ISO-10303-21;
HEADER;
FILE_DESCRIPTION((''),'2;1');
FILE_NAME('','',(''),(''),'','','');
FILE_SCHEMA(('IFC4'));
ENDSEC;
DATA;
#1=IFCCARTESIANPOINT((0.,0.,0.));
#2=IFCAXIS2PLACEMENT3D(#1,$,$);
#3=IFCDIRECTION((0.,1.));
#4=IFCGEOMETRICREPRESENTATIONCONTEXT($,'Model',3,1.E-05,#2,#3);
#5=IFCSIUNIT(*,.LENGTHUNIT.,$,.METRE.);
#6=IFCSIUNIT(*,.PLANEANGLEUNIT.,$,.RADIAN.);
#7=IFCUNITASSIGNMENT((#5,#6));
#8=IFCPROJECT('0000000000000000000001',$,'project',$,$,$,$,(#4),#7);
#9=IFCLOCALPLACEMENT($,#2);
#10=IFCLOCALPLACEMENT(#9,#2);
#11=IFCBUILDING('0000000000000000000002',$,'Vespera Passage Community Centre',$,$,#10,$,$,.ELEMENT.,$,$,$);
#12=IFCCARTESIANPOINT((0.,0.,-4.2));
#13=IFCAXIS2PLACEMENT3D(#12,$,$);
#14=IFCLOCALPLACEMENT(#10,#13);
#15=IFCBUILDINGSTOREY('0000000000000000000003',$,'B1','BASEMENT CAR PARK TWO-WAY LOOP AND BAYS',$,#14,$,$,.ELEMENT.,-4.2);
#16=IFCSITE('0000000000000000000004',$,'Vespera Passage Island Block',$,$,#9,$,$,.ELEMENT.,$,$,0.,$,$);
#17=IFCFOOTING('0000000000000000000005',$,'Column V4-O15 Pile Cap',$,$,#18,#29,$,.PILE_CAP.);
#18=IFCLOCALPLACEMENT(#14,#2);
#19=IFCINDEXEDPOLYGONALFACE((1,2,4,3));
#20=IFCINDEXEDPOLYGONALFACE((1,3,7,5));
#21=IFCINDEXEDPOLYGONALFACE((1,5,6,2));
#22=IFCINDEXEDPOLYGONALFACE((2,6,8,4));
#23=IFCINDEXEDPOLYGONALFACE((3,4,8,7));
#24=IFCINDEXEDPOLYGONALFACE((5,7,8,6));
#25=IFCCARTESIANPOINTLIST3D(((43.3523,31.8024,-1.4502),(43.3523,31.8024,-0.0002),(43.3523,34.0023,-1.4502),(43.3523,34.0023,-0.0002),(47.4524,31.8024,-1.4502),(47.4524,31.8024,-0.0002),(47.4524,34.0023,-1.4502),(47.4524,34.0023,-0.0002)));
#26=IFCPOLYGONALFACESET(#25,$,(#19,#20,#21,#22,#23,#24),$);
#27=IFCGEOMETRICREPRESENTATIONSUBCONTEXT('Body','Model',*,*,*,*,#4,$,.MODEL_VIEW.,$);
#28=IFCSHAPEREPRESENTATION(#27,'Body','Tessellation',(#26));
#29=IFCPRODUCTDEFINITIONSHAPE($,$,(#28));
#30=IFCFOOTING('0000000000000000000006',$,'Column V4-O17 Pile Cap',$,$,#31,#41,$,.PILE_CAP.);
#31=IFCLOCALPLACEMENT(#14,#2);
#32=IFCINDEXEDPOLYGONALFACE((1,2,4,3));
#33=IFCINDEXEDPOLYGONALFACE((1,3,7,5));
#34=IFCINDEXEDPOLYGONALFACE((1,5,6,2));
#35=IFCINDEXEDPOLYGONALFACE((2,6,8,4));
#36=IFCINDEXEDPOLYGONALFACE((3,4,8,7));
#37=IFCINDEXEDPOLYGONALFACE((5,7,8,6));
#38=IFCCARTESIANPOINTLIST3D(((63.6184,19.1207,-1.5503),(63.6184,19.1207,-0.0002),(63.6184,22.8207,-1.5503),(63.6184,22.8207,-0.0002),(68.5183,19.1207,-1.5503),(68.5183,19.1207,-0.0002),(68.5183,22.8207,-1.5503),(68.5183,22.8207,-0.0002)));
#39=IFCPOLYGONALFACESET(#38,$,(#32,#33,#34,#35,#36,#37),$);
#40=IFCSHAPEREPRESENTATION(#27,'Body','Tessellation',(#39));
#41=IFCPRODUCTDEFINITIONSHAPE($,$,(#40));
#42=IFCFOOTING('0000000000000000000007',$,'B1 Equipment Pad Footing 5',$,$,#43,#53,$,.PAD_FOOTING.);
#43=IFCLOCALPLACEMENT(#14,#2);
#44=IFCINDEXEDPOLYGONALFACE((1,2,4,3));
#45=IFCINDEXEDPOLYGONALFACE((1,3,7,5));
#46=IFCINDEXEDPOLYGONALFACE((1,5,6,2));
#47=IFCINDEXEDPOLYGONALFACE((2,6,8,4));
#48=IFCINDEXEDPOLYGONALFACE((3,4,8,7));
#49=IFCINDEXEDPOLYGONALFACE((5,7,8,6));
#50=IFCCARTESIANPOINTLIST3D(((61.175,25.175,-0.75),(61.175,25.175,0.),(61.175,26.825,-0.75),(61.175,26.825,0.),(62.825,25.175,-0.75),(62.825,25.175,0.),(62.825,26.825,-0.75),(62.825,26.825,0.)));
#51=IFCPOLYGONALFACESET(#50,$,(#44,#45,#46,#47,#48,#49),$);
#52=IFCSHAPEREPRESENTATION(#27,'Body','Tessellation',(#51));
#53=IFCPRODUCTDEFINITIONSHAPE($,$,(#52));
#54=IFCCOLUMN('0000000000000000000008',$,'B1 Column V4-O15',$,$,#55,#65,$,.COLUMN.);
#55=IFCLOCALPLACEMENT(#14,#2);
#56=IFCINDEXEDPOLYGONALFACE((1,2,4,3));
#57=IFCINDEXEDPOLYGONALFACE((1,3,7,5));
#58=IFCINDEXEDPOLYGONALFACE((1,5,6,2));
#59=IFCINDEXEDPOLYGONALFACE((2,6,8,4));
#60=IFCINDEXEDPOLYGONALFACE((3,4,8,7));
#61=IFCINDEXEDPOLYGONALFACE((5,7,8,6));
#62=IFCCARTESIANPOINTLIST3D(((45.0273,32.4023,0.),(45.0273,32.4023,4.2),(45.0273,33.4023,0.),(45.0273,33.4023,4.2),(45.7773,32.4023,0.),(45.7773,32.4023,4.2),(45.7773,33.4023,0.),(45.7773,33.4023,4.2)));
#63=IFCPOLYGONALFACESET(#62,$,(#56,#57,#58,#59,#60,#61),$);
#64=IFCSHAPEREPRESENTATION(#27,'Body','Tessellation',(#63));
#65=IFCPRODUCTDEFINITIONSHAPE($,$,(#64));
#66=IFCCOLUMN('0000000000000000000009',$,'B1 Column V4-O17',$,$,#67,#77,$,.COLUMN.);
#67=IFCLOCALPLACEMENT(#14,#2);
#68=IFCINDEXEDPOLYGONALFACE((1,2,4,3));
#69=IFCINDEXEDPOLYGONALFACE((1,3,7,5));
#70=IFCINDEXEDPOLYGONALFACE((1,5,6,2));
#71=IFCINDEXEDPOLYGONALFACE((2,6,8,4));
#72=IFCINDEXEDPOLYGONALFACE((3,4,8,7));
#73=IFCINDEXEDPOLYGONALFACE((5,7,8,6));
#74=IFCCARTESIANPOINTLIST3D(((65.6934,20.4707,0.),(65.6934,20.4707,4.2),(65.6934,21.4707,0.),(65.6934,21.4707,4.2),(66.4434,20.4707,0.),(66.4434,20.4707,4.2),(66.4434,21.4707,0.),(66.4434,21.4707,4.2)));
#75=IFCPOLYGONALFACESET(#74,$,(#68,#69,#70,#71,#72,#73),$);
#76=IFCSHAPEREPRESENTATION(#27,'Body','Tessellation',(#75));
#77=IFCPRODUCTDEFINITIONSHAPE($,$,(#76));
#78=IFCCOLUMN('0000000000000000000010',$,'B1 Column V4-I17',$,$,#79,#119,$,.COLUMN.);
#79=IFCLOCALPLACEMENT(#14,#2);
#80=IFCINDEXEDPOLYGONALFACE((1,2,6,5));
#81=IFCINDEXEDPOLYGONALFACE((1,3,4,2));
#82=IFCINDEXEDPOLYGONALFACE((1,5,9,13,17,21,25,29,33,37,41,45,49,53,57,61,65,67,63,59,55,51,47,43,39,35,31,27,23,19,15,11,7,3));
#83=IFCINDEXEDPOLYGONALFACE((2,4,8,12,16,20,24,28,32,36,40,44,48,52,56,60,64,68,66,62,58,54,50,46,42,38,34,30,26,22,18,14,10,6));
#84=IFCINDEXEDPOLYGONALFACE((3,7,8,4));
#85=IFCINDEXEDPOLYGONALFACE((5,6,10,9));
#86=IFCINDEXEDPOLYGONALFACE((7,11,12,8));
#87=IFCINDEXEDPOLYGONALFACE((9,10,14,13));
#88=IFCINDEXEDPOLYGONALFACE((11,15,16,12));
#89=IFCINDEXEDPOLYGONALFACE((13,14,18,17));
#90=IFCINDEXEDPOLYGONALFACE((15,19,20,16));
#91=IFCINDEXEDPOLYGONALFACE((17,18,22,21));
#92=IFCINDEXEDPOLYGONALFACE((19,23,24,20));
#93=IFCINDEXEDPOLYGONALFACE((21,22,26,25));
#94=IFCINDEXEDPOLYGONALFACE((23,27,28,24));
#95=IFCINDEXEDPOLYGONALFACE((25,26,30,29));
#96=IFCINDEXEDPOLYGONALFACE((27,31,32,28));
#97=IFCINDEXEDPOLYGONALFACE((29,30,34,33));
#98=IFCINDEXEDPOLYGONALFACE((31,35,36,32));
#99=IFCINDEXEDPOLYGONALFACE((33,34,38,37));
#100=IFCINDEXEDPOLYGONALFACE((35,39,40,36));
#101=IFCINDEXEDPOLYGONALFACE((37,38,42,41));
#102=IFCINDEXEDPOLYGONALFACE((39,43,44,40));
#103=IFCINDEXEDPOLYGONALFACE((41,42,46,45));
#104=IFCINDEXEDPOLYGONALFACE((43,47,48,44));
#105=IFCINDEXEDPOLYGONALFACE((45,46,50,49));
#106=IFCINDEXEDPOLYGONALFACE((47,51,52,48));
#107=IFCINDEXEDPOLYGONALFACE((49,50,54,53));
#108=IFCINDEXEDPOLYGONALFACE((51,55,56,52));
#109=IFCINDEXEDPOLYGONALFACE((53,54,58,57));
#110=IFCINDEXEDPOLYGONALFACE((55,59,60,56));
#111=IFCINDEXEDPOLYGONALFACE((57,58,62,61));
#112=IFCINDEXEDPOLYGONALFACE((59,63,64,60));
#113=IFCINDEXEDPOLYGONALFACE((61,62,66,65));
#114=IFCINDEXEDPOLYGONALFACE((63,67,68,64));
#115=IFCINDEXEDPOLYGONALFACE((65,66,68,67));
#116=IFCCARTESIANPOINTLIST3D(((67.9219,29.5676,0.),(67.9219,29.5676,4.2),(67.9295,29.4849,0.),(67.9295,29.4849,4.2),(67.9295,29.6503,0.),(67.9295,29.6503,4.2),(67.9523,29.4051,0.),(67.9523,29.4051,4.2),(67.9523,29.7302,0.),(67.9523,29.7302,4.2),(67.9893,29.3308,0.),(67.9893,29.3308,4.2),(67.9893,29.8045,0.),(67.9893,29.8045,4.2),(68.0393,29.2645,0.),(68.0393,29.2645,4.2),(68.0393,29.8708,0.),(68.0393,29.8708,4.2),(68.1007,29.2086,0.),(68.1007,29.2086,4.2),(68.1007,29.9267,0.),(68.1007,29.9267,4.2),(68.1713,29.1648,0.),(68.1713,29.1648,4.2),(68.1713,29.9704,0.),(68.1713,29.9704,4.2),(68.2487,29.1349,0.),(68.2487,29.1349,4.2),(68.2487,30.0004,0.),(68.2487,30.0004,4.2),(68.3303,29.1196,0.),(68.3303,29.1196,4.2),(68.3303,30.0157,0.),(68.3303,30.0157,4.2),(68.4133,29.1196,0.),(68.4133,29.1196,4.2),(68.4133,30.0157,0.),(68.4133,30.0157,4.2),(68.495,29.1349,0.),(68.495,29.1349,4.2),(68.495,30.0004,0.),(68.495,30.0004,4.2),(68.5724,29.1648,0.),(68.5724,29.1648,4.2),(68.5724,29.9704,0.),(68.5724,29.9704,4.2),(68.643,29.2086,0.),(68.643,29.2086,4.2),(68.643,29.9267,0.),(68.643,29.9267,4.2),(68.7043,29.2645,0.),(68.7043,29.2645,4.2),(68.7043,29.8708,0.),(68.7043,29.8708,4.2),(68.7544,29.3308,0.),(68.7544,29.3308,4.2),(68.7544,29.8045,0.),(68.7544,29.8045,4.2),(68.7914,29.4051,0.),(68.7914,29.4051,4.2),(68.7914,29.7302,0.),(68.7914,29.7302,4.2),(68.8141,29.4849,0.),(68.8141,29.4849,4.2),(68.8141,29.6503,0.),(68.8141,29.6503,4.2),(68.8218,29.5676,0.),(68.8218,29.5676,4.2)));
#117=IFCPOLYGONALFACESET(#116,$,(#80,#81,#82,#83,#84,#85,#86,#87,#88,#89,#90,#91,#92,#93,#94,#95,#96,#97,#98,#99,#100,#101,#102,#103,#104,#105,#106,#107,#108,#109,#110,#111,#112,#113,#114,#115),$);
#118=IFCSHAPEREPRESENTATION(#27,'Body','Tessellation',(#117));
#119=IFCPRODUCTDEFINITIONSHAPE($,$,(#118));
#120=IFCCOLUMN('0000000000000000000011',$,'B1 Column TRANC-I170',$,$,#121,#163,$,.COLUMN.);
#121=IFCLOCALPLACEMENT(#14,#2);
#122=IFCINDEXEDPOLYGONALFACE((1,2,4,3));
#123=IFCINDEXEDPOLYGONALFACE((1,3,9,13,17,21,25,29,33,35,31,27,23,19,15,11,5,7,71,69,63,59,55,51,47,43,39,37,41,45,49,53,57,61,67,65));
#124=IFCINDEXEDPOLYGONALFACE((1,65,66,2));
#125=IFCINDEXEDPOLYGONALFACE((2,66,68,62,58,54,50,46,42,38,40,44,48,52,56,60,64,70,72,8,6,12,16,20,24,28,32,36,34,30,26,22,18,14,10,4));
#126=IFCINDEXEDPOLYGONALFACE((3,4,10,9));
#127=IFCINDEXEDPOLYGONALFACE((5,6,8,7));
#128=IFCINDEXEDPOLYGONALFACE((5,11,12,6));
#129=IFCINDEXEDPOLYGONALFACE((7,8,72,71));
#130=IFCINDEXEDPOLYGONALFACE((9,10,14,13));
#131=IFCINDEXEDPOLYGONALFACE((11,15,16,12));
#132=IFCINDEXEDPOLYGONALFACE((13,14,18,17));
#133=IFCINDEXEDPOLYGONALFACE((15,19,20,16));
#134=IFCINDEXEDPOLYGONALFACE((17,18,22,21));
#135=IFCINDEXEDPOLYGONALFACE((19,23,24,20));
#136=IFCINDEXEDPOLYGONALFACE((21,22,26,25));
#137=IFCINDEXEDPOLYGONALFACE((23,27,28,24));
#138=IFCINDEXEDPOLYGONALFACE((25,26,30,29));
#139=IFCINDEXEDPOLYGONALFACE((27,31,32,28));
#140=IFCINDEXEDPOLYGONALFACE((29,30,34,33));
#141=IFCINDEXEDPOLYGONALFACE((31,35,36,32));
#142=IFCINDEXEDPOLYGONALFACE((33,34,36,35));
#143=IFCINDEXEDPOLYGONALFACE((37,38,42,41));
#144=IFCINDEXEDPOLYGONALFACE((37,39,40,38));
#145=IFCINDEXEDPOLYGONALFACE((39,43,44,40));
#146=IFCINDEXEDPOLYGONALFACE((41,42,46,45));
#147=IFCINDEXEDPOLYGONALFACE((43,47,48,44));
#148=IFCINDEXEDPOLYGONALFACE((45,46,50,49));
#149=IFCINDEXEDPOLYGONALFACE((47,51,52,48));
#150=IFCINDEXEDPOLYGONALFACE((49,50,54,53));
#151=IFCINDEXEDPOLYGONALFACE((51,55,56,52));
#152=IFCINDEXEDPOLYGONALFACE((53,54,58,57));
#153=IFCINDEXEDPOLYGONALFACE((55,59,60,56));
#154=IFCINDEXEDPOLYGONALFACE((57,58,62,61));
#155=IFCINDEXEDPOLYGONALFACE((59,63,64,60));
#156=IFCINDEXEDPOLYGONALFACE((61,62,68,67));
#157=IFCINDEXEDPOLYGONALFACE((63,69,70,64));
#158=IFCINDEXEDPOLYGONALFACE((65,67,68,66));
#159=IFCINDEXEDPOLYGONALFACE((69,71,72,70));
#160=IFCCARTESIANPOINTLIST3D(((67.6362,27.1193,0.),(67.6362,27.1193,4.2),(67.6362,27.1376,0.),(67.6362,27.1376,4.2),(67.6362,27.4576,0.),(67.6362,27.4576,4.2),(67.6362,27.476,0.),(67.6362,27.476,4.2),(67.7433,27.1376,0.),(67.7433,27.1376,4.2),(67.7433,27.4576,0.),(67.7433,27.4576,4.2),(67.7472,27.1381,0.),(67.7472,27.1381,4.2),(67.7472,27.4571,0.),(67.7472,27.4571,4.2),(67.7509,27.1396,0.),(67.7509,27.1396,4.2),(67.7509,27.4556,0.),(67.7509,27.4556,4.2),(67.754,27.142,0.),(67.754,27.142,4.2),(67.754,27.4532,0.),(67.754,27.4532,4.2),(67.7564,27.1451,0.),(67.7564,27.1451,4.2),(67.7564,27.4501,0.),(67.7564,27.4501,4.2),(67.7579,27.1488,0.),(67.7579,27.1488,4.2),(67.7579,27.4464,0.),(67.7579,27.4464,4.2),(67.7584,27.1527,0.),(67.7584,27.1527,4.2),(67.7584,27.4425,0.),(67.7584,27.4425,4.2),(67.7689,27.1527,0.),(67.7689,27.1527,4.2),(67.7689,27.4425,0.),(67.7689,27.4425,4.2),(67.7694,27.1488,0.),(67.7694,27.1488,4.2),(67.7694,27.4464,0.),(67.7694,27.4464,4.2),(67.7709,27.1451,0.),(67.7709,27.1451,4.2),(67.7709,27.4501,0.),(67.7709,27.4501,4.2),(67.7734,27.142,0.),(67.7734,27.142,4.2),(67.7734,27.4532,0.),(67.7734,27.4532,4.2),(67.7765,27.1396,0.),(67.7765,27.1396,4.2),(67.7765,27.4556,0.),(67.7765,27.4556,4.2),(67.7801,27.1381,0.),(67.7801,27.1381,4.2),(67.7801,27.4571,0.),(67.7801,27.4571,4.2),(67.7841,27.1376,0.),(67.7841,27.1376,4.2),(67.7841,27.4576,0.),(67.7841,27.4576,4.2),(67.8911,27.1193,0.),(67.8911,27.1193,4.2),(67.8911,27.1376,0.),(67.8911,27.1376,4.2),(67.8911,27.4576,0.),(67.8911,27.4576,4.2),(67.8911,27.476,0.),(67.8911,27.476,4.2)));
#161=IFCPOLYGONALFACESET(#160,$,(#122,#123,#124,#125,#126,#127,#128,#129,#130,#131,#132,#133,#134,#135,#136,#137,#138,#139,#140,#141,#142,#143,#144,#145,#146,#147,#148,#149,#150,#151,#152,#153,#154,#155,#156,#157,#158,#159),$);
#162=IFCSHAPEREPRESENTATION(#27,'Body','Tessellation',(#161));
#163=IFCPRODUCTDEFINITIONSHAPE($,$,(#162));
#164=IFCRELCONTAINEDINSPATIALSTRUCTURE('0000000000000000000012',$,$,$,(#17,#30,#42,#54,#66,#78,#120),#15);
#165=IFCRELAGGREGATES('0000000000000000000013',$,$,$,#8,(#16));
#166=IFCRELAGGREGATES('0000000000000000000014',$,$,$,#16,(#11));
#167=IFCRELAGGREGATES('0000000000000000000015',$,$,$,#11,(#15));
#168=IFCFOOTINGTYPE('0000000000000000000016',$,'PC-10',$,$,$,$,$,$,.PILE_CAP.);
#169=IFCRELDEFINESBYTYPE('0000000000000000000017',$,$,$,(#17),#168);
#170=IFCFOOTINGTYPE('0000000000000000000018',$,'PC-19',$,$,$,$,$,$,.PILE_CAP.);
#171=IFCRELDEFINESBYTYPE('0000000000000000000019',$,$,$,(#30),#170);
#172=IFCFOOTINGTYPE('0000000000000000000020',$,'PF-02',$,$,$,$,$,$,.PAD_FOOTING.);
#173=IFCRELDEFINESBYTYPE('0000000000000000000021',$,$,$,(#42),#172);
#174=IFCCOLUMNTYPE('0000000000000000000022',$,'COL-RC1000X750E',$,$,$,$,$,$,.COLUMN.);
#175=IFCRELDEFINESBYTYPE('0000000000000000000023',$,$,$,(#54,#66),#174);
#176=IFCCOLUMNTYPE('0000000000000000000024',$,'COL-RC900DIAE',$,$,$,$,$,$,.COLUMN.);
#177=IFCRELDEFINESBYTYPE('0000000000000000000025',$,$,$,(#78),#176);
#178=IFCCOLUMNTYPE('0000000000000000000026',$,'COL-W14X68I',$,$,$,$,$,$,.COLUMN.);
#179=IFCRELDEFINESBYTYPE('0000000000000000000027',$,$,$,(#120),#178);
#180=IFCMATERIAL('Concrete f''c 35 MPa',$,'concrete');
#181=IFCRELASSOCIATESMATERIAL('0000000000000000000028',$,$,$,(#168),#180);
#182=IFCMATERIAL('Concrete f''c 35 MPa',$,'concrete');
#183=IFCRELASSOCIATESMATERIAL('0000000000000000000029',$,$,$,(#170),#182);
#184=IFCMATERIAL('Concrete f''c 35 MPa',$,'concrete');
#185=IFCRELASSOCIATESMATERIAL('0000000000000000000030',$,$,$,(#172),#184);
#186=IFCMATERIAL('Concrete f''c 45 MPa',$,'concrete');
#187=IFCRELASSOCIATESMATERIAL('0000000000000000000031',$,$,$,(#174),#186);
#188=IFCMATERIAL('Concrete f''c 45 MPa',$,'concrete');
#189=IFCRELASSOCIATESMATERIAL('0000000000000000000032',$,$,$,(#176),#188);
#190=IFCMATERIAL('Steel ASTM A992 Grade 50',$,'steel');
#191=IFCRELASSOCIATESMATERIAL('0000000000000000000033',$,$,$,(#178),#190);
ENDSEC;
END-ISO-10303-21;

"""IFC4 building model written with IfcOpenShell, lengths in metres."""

from ifc_helpers import new_model, si_unit, direction, frame, origin, origin_2d, place, context, subcontext, project, spatial, rectangle, circle, i_section, extrude, material, material_profile, profile_set, type_object, element, save


model = new_model("IFC4")

# Units and contexts
model_context = context("Model", 3, precision=1e-05, world=origin(), true_north=direction((0.0, 1.0)))
body_context = subcontext(model_context, "Body", "Model", "MODEL_VIEW")
ifc_project = project(units=[si_unit("LENGTHUNIT", "METRE"), si_unit("PLANEANGLEUNIT", "RADIAN")], contexts=[model_context])

# Site, building, storey
site_placement = place(None, origin())
site = spatial("IfcSite", under=ifc_project, at=site_placement, Name="Vespera Passage Island Block", CompositionType="ELEMENT", RefElevation=0.0)
building_placement = place(site_placement, origin())
building = spatial("IfcBuilding", under=site, at=building_placement, Name="Vespera Passage Community Centre", CompositionType="ELEMENT")
storey_placement = place(building_placement, frame((0.0, 0.0, -4.2)))
storey = spatial("IfcBuildingStorey", under=building, at=storey_placement, Name="B1", Description="BASEMENT CAR PARK TWO-WAY LOOP AND BAYS", CompositionType="ELEMENT", Elevation=-4.2)

# Footings
ifc_material_1 = material(Name="Concrete f'c 35 MPa", Category="concrete")
footing_type_1 = type_object("IfcFootingType", Name="PC-10", PredefinedType="PILE_CAP", material=ifc_material_1)
for number, where, z_axis, x_axis, name in (
    (1, (45.4023, 32.9023, -1.4502), (0.0, 0.0, 1.0), (1.0, 0.0, 0.0), "Column V4-O15 Pile Cap"),
):
    element("IfcFooting", number, at=place(storey_placement, frame(where, z_axis=z_axis, x_axis=x_axis)), inside=storey, type_object=footing_type_1, Name=name, PredefinedType="PILE_CAP", context=body_context, shape_type="SweptSolid", body=[
        extrude(rectangle(XDim=4.1001, YDim=2.2, at=origin_2d()), origin(), (0.0, 0.0, 1.0), 1.45),
    ])
ifc_material_2 = material(Name="Concrete f'c 35 MPa", Category="concrete")
footing_type_2 = type_object("IfcFootingType", Name="PC-19", PredefinedType="PILE_CAP", material=ifc_material_2)
footing_1_placement = place(storey_placement, frame((66.0684, 20.9707, -1.5503), z_axis=(0.0, 0.0, 1.0), x_axis=(1.0, 0.0, 0.0)))
element("IfcFooting", 2, at=footing_1_placement, inside=storey, type_object=footing_type_2, Name="Column V4-O17 Pile Cap", PredefinedType="PILE_CAP", context=body_context, shape_type="SweptSolid", body=[
    extrude(rectangle(XDim=4.8999, YDim=3.7, at=origin_2d()), origin(), (0.0, 0.0, 1.0), 1.55),
])
ifc_material_3 = material(Name="Concrete f'c 35 MPa", Category="concrete")
footing_type_3 = type_object("IfcFootingType", Name="PF-02", PredefinedType="PAD_FOOTING", material=ifc_material_3)
footing_2_placement = place(storey_placement, frame((62.0, 26.0, -0.75), z_axis=(0.0, 0.0, 1.0), x_axis=(1.0, 0.0, 0.0)))
element("IfcFooting", 3, at=footing_2_placement, inside=storey, type_object=footing_type_3, Name="B1 Equipment Pad Footing 5", PredefinedType="PAD_FOOTING", context=body_context, shape_type="SweptSolid", body=[
    extrude(rectangle(XDim=1.6499, YDim=1.6499, at=origin_2d()), origin(), (0.0, 0.0, 1.0), 0.75),
])

# Columns
ifc_material_4 = material(Name="Concrete f'c 45 MPa", Category="concrete")
ifc_material_profile_1 = material_profile(ifc_material_4, rectangle(XDim=0.75, YDim=1.0, at=origin_2d()), Name="RC1000X750")
ifc_profile_set_1 = profile_set([ifc_material_profile_1], Name="Concrete f'c 45 MPa")
column_type_1 = type_object("IfcColumnType", Name="COL-RC1000X750E", PredefinedType="COLUMN", material=ifc_profile_set_1)
for number, where, z_axis, x_axis, name in (
    (4, (45.4023, 32.9023, 0.0), (0.0, 0.0, 1.0), (1.0, 0.0, 0.0), "B1 Column V4-O15"),
    (5, (66.0684, 20.9707, 0.0), (0.0, 0.0, 1.0), (1.0, 0.0, 0.0), "B1 Column V4-O17"),
):
    element("IfcColumn", number, at=place(storey_placement, frame(where, z_axis=z_axis, x_axis=x_axis)), inside=storey, type_object=column_type_1, Name=name, PredefinedType="COLUMN", context=body_context, shape_type="SweptSolid", body=[
        extrude(rectangle(XDim=0.75, YDim=1.0, at=origin_2d()), origin(), (0.0, 0.0, 1.0), 4.2),
    ])
ifc_material_5 = material(Name="Concrete f'c 45 MPa", Category="concrete")
ifc_material_profile_2 = material_profile(ifc_material_5, circle(Radius=0.45, at=origin_2d()), Name="RC900DIA")
ifc_profile_set_2 = profile_set([ifc_material_profile_2], Name="Concrete f'c 45 MPa")
column_type_2 = type_object("IfcColumnType", Name="COL-RC900DIAE", PredefinedType="COLUMN", material=ifc_profile_set_2)
column_placement = place(storey_placement, frame((68.3718, 29.5676, 0.0), z_axis=(0.0, 0.0, 1.0), x_axis=(1.0, 0.0, 0.0)))
element("IfcColumn", 6, at=column_placement, inside=storey, type_object=column_type_2, Name="B1 Column V4-I17", PredefinedType="COLUMN", context=body_context, shape_type="SweptSolid", body=[
    extrude(circle(Radius=0.45, at=origin_2d()), origin(), (0.0, 0.0, 1.0), 4.2),
])
ifc_material_6 = material(Name="Steel ASTM A992 Grade 50", Category="steel")
ifc_material_profile_3 = material_profile(ifc_material_6, i_section(OverallWidth=0.2549, OverallDepth=0.3567, WebThickness=0.0105, FlangeThickness=0.0183, FilletRadius=0.0151, at=origin_2d()), Name="W14X68")
ifc_profile_set_3 = profile_set([ifc_material_profile_3], Name="Steel ASTM A992 Grade 50")
column_type_3 = type_object("IfcColumnType", Name="COL-W14X68I", PredefinedType="COLUMN", material=ifc_profile_set_3)
for number, where, z_axis, x_axis, name in (
    (7, (67.7637, 27.2976, 0.0), (0.0, 0.0, 1.0), (1.0, 0.0, 0.0), "B1 Column TRANC-I170"),
):
    element("IfcColumn", number, at=place(storey_placement, frame(where, z_axis=z_axis, x_axis=x_axis)), inside=storey, type_object=column_type_3, Name=name, PredefinedType="COLUMN", context=body_context, shape_type="SweptSolid", body=[
        extrude(i_section(OverallWidth=0.2549, OverallDepth=0.3567, WebThickness=0.0105, FlangeThickness=0.0183, FilletRadius=0.0151, at=origin_2d()), origin(), (0.0, 0.0, 1.0), 4.2),
    ])

save(model, "model.ifc")
